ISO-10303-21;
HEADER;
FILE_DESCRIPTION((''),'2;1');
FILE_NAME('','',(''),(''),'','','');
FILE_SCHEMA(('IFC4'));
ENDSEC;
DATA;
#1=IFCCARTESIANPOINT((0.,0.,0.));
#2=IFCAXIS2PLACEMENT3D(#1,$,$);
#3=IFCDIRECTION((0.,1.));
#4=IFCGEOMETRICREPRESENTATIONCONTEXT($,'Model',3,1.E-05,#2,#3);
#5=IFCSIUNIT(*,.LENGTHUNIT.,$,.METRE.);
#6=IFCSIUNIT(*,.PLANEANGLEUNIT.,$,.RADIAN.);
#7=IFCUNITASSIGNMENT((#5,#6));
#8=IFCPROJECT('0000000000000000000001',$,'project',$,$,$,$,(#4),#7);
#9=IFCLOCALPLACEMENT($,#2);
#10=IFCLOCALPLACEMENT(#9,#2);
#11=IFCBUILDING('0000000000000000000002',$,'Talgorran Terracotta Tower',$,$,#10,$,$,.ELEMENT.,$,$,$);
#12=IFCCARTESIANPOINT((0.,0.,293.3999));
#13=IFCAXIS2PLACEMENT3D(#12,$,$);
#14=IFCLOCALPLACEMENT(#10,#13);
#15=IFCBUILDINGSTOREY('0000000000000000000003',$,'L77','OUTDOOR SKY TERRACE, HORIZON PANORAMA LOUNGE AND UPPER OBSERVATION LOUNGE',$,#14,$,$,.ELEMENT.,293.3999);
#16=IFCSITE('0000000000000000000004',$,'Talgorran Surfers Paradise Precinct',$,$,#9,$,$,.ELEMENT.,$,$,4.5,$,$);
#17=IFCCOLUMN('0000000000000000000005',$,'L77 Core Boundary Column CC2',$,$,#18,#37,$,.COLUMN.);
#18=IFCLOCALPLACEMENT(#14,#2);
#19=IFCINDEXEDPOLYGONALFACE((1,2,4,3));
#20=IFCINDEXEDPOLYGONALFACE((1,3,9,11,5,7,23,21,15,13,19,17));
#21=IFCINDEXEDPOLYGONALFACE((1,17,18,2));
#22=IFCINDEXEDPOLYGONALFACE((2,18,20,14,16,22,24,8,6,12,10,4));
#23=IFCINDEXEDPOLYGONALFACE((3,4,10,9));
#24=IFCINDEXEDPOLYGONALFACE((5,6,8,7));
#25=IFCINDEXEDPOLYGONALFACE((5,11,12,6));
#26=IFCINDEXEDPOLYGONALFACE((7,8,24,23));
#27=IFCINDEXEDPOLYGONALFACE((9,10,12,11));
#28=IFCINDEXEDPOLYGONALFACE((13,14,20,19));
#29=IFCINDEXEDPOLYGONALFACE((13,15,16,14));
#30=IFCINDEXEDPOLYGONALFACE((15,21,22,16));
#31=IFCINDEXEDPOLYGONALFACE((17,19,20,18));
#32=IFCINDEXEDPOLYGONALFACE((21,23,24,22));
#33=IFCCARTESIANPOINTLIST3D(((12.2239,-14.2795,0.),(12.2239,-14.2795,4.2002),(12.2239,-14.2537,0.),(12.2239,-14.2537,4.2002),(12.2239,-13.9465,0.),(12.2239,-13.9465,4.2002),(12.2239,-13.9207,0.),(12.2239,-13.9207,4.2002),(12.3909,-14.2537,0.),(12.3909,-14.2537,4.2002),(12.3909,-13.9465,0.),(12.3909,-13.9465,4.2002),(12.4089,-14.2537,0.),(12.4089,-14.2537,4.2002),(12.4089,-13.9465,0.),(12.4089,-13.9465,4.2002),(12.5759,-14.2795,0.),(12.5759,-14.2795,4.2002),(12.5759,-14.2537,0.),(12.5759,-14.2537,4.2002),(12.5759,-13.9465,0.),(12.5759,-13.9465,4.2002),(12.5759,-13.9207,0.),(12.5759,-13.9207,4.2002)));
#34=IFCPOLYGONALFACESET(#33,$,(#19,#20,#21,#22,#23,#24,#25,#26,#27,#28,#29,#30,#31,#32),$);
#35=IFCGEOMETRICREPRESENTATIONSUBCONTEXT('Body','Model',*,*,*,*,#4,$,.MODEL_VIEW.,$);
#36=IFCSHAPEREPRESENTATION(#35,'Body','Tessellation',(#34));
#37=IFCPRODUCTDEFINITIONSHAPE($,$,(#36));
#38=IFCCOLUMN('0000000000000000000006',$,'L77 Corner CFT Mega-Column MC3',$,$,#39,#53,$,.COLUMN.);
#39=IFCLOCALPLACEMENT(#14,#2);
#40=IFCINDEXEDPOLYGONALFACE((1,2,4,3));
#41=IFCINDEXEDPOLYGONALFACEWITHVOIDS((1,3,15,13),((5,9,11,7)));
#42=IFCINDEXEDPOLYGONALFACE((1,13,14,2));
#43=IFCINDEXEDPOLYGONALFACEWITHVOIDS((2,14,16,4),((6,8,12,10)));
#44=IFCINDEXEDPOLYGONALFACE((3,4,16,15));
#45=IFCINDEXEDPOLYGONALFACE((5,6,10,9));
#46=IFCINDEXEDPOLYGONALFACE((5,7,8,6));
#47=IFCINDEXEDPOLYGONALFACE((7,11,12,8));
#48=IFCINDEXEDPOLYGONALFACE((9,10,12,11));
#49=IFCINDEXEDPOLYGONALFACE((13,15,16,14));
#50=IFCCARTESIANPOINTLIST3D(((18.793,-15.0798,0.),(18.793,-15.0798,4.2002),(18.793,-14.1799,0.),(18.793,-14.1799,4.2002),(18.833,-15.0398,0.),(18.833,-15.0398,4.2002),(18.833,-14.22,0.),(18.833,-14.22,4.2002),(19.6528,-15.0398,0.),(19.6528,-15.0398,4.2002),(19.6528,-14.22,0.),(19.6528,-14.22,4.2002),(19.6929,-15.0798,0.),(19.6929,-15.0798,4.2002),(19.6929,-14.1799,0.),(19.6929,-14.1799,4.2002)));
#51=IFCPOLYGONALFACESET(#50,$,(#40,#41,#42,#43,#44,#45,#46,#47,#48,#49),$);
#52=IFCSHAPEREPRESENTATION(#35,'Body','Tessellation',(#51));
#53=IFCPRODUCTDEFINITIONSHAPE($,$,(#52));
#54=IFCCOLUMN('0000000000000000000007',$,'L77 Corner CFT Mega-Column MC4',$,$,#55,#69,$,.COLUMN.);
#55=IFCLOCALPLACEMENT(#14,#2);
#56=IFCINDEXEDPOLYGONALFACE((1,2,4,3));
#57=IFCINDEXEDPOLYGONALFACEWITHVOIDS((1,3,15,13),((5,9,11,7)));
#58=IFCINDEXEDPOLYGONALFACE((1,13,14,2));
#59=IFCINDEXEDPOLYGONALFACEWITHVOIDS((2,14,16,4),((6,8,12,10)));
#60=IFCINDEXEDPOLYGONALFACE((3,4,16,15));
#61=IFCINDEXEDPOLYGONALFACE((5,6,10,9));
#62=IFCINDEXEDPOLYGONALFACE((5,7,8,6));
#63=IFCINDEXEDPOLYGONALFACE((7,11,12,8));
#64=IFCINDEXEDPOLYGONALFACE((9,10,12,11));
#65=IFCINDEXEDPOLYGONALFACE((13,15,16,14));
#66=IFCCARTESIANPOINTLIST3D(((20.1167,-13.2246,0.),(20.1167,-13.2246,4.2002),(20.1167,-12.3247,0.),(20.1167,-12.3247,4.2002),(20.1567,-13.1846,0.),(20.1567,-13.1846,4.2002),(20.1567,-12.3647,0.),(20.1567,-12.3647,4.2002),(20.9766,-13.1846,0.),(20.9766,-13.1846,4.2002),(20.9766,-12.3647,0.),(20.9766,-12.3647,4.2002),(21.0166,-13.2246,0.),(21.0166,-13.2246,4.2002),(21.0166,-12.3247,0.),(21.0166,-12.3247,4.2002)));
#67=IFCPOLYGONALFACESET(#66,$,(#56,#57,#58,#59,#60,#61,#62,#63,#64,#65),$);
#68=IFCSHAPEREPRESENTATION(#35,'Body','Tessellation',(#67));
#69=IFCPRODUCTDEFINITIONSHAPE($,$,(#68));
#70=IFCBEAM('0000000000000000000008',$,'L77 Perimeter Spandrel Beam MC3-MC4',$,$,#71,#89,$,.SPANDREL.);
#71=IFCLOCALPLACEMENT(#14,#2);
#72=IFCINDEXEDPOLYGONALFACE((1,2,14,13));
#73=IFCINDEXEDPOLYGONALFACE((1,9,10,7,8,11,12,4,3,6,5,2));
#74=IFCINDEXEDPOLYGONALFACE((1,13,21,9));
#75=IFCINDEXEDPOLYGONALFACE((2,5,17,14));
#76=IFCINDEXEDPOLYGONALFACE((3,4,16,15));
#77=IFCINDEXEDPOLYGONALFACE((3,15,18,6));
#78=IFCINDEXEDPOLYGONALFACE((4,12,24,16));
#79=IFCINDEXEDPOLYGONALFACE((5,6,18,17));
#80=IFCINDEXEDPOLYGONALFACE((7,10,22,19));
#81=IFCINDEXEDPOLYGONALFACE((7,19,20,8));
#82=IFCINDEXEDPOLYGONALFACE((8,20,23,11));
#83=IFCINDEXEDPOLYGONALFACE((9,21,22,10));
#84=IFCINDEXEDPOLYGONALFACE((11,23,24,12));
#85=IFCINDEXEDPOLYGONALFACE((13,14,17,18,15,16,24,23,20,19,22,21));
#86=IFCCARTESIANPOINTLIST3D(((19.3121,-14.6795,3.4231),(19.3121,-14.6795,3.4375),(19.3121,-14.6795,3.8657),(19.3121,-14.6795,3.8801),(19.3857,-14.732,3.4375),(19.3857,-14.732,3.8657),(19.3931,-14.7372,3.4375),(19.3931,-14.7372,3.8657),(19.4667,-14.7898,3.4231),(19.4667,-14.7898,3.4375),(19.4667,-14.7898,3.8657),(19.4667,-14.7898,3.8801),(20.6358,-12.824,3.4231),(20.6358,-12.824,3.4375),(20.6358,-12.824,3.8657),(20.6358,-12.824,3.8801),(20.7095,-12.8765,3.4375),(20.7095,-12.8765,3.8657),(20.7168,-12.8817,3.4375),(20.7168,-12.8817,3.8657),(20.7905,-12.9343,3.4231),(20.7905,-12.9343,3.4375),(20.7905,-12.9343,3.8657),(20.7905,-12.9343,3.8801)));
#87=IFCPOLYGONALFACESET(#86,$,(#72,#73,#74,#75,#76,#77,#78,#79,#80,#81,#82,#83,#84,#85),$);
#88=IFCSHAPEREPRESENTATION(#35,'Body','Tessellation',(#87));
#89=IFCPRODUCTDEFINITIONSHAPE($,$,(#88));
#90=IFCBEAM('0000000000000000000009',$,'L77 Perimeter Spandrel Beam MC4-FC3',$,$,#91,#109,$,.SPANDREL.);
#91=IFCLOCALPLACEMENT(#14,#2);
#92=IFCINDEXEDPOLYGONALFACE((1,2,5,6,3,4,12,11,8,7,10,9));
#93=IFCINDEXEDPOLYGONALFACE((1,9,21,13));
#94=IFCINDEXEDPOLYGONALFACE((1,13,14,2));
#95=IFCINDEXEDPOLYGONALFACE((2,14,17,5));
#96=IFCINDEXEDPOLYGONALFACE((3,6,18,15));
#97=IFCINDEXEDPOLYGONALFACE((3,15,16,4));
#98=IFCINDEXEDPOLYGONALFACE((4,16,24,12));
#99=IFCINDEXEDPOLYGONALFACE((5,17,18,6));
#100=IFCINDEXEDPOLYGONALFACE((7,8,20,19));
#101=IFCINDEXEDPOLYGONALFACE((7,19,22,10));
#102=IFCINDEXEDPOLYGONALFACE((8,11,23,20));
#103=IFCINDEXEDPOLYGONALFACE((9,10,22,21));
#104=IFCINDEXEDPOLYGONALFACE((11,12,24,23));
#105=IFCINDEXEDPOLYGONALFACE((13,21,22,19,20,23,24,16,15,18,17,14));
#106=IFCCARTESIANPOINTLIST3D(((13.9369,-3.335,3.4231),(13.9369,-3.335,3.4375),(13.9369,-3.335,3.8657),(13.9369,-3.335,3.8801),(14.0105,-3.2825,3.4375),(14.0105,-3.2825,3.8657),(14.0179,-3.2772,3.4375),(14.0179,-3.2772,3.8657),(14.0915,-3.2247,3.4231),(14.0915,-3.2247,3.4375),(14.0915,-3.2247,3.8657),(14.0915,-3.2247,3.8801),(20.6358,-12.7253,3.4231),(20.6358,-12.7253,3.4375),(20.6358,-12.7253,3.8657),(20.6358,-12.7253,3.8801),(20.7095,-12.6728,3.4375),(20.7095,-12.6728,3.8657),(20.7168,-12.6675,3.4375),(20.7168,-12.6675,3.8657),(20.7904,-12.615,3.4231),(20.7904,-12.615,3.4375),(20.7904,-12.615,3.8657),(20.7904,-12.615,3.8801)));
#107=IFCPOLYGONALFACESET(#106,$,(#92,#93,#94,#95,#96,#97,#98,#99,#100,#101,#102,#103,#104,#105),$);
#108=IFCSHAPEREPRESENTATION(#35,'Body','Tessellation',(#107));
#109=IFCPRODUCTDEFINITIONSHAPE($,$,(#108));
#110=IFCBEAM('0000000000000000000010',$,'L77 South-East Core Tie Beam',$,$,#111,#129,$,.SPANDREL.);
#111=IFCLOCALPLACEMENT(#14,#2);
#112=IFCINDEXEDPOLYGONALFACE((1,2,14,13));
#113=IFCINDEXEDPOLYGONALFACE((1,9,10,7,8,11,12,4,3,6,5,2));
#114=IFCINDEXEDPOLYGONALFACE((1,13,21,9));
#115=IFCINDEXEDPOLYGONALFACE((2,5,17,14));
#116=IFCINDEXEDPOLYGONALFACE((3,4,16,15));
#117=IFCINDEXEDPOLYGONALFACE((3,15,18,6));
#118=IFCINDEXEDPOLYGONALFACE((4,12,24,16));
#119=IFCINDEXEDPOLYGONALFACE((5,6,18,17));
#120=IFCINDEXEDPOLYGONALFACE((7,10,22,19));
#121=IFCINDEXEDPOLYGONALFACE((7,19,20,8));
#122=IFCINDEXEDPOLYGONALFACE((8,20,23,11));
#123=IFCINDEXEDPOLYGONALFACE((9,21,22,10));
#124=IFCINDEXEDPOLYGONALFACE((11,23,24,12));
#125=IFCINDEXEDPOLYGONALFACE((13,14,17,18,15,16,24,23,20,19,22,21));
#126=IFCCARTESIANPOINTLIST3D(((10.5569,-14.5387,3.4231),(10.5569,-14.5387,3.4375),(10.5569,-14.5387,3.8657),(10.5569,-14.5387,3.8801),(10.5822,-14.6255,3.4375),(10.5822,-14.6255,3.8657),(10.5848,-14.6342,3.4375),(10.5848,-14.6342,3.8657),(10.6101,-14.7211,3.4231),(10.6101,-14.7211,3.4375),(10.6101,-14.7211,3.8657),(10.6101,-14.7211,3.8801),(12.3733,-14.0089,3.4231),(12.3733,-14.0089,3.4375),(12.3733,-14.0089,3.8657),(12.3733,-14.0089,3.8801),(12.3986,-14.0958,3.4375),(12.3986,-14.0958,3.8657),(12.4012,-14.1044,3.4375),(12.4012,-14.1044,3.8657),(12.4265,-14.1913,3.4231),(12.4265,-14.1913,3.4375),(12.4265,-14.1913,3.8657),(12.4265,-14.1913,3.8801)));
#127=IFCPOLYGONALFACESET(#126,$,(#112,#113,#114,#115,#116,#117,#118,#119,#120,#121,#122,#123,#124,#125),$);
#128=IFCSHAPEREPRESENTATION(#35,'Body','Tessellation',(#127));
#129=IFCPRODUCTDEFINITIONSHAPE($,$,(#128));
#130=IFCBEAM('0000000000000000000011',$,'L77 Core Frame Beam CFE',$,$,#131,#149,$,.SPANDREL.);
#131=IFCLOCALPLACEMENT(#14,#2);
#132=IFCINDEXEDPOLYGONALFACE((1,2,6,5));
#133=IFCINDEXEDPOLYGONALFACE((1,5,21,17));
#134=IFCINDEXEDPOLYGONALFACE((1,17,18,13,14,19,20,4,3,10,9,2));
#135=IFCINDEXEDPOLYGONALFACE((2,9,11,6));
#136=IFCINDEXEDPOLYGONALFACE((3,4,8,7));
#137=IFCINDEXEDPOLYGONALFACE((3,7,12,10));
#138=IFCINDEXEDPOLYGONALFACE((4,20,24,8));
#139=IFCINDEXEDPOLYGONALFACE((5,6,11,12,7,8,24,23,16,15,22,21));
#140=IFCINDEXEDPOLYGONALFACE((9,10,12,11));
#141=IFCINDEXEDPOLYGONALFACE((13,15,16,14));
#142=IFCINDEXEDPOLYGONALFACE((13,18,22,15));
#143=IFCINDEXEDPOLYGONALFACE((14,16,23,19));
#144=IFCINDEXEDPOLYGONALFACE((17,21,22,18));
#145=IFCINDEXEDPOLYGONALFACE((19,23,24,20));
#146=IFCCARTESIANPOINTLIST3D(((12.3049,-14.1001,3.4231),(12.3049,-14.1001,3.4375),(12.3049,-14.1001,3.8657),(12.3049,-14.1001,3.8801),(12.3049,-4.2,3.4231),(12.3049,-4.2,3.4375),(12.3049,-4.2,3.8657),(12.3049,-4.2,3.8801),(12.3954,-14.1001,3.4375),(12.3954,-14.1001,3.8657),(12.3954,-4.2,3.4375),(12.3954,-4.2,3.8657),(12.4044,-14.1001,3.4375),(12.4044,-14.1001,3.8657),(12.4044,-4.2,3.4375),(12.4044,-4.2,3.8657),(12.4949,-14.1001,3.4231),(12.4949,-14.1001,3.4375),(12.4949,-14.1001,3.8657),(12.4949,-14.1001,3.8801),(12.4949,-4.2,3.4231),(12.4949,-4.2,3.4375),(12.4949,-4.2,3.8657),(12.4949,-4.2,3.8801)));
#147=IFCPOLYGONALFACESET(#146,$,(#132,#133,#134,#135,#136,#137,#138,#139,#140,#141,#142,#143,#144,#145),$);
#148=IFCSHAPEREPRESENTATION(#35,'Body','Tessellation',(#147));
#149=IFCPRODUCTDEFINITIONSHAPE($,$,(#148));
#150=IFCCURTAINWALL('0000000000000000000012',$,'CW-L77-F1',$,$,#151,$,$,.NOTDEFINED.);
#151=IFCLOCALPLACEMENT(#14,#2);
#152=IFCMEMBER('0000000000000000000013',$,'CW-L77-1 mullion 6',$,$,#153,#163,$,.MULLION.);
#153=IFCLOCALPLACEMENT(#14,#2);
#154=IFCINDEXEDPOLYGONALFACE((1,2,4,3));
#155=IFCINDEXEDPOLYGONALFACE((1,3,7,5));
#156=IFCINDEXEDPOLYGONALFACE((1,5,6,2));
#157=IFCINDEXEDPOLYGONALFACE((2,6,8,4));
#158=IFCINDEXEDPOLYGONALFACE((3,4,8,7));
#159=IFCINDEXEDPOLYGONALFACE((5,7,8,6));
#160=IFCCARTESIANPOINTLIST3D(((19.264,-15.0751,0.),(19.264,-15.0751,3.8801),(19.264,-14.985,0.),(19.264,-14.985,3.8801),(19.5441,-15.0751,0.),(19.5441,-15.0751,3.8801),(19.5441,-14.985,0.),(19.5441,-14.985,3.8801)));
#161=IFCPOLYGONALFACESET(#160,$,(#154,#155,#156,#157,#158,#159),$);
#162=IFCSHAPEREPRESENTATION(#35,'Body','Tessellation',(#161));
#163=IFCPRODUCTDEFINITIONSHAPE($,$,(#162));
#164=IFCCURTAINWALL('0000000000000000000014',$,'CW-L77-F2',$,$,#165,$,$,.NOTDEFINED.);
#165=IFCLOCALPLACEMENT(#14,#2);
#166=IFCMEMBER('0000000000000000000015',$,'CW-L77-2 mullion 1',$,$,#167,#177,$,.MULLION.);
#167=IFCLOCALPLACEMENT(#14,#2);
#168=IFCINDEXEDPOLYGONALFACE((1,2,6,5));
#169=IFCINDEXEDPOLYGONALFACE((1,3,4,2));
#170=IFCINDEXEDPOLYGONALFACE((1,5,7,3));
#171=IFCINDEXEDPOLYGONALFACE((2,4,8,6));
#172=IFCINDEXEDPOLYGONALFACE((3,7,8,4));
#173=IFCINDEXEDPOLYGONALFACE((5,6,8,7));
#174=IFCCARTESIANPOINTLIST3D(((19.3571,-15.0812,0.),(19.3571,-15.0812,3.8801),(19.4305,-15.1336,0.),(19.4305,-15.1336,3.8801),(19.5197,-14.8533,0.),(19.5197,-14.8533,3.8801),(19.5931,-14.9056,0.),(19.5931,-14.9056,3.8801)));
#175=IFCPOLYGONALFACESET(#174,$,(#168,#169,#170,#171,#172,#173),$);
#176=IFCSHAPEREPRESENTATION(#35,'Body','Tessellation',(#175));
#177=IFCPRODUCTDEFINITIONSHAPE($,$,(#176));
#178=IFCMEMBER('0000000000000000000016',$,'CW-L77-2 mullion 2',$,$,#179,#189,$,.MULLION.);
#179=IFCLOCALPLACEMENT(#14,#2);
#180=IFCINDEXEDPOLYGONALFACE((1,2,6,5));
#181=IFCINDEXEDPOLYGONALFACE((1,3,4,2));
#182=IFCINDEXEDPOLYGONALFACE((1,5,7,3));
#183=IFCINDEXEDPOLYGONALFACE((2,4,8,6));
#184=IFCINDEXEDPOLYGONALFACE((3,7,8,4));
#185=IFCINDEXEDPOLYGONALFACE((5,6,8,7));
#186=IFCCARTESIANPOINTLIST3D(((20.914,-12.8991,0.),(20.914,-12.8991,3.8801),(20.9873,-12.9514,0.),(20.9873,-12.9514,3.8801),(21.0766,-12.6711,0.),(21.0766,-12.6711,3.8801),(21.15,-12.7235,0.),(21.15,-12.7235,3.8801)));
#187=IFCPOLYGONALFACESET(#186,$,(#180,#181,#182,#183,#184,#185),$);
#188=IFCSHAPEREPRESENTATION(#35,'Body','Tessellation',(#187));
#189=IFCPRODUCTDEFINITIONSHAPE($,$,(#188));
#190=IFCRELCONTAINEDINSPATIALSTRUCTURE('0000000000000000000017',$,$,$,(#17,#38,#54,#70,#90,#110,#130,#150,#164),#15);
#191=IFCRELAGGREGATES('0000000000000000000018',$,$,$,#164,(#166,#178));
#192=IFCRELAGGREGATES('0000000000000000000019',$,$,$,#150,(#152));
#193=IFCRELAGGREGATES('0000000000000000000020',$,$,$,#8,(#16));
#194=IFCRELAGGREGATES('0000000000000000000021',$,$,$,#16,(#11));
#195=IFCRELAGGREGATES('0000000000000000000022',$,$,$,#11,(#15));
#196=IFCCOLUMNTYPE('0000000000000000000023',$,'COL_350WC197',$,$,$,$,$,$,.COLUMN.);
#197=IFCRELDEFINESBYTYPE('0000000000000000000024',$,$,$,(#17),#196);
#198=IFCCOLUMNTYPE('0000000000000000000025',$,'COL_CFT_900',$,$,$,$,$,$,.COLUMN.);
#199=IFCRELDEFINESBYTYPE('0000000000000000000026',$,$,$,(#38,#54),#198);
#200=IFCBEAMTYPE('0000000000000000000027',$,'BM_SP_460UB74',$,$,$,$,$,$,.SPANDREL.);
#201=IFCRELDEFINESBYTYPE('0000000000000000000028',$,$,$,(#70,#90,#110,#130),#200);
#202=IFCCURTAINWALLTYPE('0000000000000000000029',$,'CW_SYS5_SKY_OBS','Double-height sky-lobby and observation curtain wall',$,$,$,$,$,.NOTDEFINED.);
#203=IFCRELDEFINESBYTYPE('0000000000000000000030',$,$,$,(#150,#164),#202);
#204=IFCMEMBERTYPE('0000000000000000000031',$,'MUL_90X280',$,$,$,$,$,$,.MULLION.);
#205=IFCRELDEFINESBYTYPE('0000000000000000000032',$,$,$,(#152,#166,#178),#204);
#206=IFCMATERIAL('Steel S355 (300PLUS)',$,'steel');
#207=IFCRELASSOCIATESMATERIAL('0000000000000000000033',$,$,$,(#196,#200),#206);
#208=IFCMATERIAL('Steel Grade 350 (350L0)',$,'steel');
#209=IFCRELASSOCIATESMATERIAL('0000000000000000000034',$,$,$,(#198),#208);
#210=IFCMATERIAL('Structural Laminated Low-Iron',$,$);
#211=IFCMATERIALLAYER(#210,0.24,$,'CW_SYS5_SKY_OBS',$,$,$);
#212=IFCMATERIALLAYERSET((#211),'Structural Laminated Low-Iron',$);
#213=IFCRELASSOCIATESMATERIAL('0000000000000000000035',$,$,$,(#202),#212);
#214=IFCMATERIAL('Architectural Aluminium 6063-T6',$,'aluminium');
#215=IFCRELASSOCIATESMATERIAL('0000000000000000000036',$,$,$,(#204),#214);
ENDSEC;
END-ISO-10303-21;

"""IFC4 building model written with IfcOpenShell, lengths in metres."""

from ifc_helpers import new_model, si_unit, direction, frame, origin, origin_2d, place, context, subcontext, project, spatial, rectangle, hollow_rectangle, i_section, extrude, material, layer, layer_set, material_profile, profile_set, type_object, element, aggregate, save


model = new_model("IFC4")

# Units and contexts
model_context = context("Model", 3, precision=1e-05, world=origin(), true_north=direction((0.0, 1.0)))
body_context = subcontext(model_context, "Body", "Model", "MODEL_VIEW")
ifc_project = project(units=[si_unit("LENGTHUNIT", "METRE"), si_unit("PLANEANGLEUNIT", "RADIAN")], contexts=[model_context])

# Site, building, storey
site_placement = place(None, origin())
site = spatial("IfcSite", under=ifc_project, at=site_placement, Name="Talgorran Surfers Paradise Precinct", CompositionType="ELEMENT", RefElevation=4.5)
building_placement = place(site_placement, origin())
building = spatial("IfcBuilding", under=site, at=building_placement, Name="Talgorran Terracotta Tower", CompositionType="ELEMENT")
storey_placement = place(building_placement, frame((0.0, 0.0, 293.3999)))
storey = spatial("IfcBuildingStorey", under=building, at=storey_placement, Name="L77", Description="OUTDOOR SKY TERRACE, HORIZON PANORAMA LOUNGE AND UPPER OBSERVATION LOUNGE", CompositionType="ELEMENT", Elevation=293.3999)

# Columns
ifc_material_1 = material(Name="Steel S355 (300PLUS)", Category="steel")
ifc_material_profile_1 = material_profile(ifc_material_1, i_section(OverallWidth=0.3521, OverallDepth=0.3589, WebThickness=0.0181, FlangeThickness=0.0259, at=origin_2d()), Name="350WC197")
ifc_profile_set_1 = profile_set([ifc_material_profile_1], Name="Steel S355 (300PLUS)")
column_type_1 = type_object("IfcColumnType", Name="COL_350WC197", PredefinedType="COLUMN", material=ifc_profile_set_1)
column_placement = place(storey_placement, frame((12.3999, -14.1001, 0.0), z_axis=(0.0, 0.0, 1.0), x_axis=(1.0, 0.0, 0.0)))
element("IfcColumn", 1, at=column_placement, inside=storey, type_object=column_type_1, Name="L77 Core Boundary Column CC2", PredefinedType="COLUMN", context=body_context, shape_type="SweptSolid", body=[
    extrude(i_section(OverallWidth=0.3521, OverallDepth=0.3589, WebThickness=0.0181, FlangeThickness=0.0259, at=origin_2d()), origin(), (0.0, 0.0, 1.0), 4.2002),
])
ifc_material_2 = material(Name="Steel Grade 350 (350L0)", Category="steel")
ifc_material_profile_2 = material_profile(ifc_material_2, hollow_rectangle(XDim=0.8999, YDim=0.8999, WallThickness=0.04, at=origin_2d()), Name="CFT900X900X40")
ifc_profile_set_2 = profile_set([ifc_material_profile_2], Name="Steel Grade 350 (350L0)")
column_type_2 = type_object("IfcColumnType", Name="COL_CFT_900", PredefinedType="COLUMN", material=ifc_profile_set_2)
for number, where, z_axis, x_axis, name in (
    (2, (19.2429, -14.6299, 0.0), (0.0, 0.0, 1.0), (1.0, 0.0, 0.0), "L77 Corner CFT Mega-Column MC3"),
    (3, (20.5667, -12.7747, 0.0), (0.0, 0.0, 1.0), (1.0, 0.0, 0.0), "L77 Corner CFT Mega-Column MC4"),
):
    element("IfcColumn", number, at=place(storey_placement, frame(where, z_axis=z_axis, x_axis=x_axis)), inside=storey, type_object=column_type_2, Name=name, PredefinedType="COLUMN", context=body_context, shape_type="SweptSolid", body=[
        extrude(hollow_rectangle(XDim=0.8999, YDim=0.8999, WallThickness=0.04, at=origin_2d()), origin(), (0.0, 0.0, 1.0), 4.2002),
    ])

# Beams
ifc_material_profile_3 = material_profile(ifc_material_1, i_section(OverallWidth=0.1899, OverallDepth=0.457, WebThickness=0.009, FlangeThickness=0.0144, at=origin_2d()), Name="460UB74.6")
ifc_profile_set_3 = profile_set([ifc_material_profile_3], Name="Steel S355 (300PLUS)")
beam_type = type_object("IfcBeamType", Name="BM_SP_460UB74", PredefinedType="SPANDREL", material=ifc_profile_set_3)
beam_1_placement = place(storey_placement, frame((19.3894, -14.7346, 3.6516), z_axis=(0.580772, 0.814066, 0.0), x_axis=(-0.814066, 0.580772, 0.0)))
element("IfcBeam", 4, at=beam_1_placement, inside=storey, type_object=beam_type, Name="L77 Perimeter Spandrel Beam MC3-MC4", PredefinedType="SPANDREL", context=body_context, shape_type="SweptSolid", body=[
    extrude(i_section(OverallWidth=0.1899, OverallDepth=0.457, WebThickness=0.009, FlangeThickness=0.0144, at=origin_2d()), origin(), (0.0, 0.0, 1.0), 2.2793),
])
beam_2_placement = place(storey_placement, frame((20.7131, -12.6702, 3.6516), z_axis=(-0.580754, 0.814079, 0.0), x_axis=(-0.814079, -0.580754, 0.0)))
element("IfcBeam", 5, at=beam_2_placement, inside=storey, type_object=beam_type, Name="L77 Perimeter Spandrel Beam MC4-FC3", PredefinedType="SPANDREL", context=body_context, shape_type="SweptSolid", body=[
    extrude(i_section(OverallWidth=0.1899, OverallDepth=0.457, WebThickness=0.009, FlangeThickness=0.0144, at=origin_2d()), origin(), (0.0, 0.0, 1.0), 11.5349),
])
beam_3_placement = place(storey_placement, frame((12.3999, -14.1001, 3.6516), z_axis=(-0.96, -0.28, 0.0), x_axis=(0.28, -0.96, 0.0)))
element("IfcBeam", 6, at=beam_3_placement, inside=storey, type_object=beam_type, Name="L77 South-East Core Tie Beam", PredefinedType="SPANDREL", context=body_context, shape_type="SweptSolid", body=[
    extrude(i_section(OverallWidth=0.1899, OverallDepth=0.457, WebThickness=0.009, FlangeThickness=0.0144, at=origin_2d()), origin(), (0.0, 0.0, 1.0), 1.8921),
])
beam_4_placement = place(storey_placement, frame((12.3999, -14.1001, 3.6516), z_axis=(0.0, 1.0, 0.0), x_axis=(-1.0, 0.0, 0.0)))
element("IfcBeam", 7, at=beam_4_placement, inside=storey, type_object=beam_type, Name="L77 Core Frame Beam CFE", PredefinedType="SPANDREL", context=body_context, shape_type="SweptSolid", body=[
    extrude(i_section(OverallWidth=0.1899, OverallDepth=0.457, WebThickness=0.009, FlangeThickness=0.0144, at=origin_2d()), origin(), (0.0, 0.0, 1.0), 9.9001),
])

# Curtain wall, member
ifc_material_3 = material(Name="Structural Laminated Low-Iron")
ifc_layer_1 = layer(ifc_material_3, 0.24, Name="CW_SYS5_SKY_OBS")
ifc_layer_set_1 = layer_set([ifc_layer_1], Name="Structural Laminated Low-Iron")
curtain_wall_type = type_object("IfcCurtainWallType", Name="CW_SYS5_SKY_OBS", Description="Double-height sky-lobby and observation curtain wall", PredefinedType="NOTDEFINED", material=ifc_layer_set_1)
curtain_wall_1_placement = place(storey_placement, origin())
curtain_wall_1 = element("IfcCurtainWall", 8, at=curtain_wall_1_placement, inside=storey, type_object=curtain_wall_type, Name="CW-L77-F1", PredefinedType="NOTDEFINED")
ifc_material_4 = material(Name="Architectural Aluminium 6063-T6", Category="aluminium")
ifc_material_profile_4 = material_profile(ifc_material_4, rectangle(XDim=0.0901, YDim=0.28, at=origin_2d()), Name="CWM90X280")
ifc_profile_set_4 = profile_set([ifc_material_profile_4], Name="Architectural Aluminium 6063-T6")
member_type_1 = type_object("IfcMemberType", Name="MUL_90X280", PredefinedType="MULLION", material=ifc_profile_set_4)
member_1_placement = place(storey_placement, frame((19.4041, -15.03, 0.0), z_axis=(0.0, 0.0, 1.0), x_axis=(0.0, 1.0, 0.0)))
member_1 = element("IfcMember", 9, at=member_1_placement, type_object=member_type_1, Name="CW-L77-1 mullion 6", PredefinedType="MULLION", context=body_context, shape_type="SweptSolid", body=[
    extrude(rectangle(XDim=0.0901, YDim=0.28, at=origin_2d()), origin(), (0.0, 0.0, 1.0), 3.8801),
])

# Curtain wall, members
curtain_wall_2_placement = place(storey_placement, origin())
curtain_wall_2 = element("IfcCurtainWall", 10, at=curtain_wall_2_placement, inside=storey, type_object=curtain_wall_type, Name="CW-L77-F2", PredefinedType="NOTDEFINED")
member_2_placement = place(storey_placement, frame((19.4751, -14.9934, 0.0), z_axis=(0.0, 0.0, 1.0), x_axis=(-0.814075, 0.58076, 0.0)))
member_2 = element("IfcMember", 11, at=member_2_placement, type_object=member_type_1, Name="CW-L77-2 mullion 1", PredefinedType="MULLION", context=body_context, shape_type="SweptSolid", body=[
    extrude(rectangle(XDim=0.0901, YDim=0.28, at=origin_2d()), origin(), (0.0, 0.0, 1.0), 3.8801),
])
member_3_placement = place(storey_placement, frame((21.032, -12.8113, 0.0), z_axis=(0.0, 0.0, 1.0), x_axis=(-0.814075, 0.58076, 0.0)))
member_3 = element("IfcMember", 12, at=member_3_placement, type_object=member_type_1, Name="CW-L77-2 mullion 2", PredefinedType="MULLION", context=body_context, shape_type="SweptSolid", body=[
    extrude(rectangle(XDim=0.0901, YDim=0.28, at=origin_2d()), origin(), (0.0, 0.0, 1.0), 3.8801),
])

aggregate(curtain_wall_2, [member_2, member_3])
aggregate(curtain_wall_1, [member_1])

save(model, "model.ifc")
